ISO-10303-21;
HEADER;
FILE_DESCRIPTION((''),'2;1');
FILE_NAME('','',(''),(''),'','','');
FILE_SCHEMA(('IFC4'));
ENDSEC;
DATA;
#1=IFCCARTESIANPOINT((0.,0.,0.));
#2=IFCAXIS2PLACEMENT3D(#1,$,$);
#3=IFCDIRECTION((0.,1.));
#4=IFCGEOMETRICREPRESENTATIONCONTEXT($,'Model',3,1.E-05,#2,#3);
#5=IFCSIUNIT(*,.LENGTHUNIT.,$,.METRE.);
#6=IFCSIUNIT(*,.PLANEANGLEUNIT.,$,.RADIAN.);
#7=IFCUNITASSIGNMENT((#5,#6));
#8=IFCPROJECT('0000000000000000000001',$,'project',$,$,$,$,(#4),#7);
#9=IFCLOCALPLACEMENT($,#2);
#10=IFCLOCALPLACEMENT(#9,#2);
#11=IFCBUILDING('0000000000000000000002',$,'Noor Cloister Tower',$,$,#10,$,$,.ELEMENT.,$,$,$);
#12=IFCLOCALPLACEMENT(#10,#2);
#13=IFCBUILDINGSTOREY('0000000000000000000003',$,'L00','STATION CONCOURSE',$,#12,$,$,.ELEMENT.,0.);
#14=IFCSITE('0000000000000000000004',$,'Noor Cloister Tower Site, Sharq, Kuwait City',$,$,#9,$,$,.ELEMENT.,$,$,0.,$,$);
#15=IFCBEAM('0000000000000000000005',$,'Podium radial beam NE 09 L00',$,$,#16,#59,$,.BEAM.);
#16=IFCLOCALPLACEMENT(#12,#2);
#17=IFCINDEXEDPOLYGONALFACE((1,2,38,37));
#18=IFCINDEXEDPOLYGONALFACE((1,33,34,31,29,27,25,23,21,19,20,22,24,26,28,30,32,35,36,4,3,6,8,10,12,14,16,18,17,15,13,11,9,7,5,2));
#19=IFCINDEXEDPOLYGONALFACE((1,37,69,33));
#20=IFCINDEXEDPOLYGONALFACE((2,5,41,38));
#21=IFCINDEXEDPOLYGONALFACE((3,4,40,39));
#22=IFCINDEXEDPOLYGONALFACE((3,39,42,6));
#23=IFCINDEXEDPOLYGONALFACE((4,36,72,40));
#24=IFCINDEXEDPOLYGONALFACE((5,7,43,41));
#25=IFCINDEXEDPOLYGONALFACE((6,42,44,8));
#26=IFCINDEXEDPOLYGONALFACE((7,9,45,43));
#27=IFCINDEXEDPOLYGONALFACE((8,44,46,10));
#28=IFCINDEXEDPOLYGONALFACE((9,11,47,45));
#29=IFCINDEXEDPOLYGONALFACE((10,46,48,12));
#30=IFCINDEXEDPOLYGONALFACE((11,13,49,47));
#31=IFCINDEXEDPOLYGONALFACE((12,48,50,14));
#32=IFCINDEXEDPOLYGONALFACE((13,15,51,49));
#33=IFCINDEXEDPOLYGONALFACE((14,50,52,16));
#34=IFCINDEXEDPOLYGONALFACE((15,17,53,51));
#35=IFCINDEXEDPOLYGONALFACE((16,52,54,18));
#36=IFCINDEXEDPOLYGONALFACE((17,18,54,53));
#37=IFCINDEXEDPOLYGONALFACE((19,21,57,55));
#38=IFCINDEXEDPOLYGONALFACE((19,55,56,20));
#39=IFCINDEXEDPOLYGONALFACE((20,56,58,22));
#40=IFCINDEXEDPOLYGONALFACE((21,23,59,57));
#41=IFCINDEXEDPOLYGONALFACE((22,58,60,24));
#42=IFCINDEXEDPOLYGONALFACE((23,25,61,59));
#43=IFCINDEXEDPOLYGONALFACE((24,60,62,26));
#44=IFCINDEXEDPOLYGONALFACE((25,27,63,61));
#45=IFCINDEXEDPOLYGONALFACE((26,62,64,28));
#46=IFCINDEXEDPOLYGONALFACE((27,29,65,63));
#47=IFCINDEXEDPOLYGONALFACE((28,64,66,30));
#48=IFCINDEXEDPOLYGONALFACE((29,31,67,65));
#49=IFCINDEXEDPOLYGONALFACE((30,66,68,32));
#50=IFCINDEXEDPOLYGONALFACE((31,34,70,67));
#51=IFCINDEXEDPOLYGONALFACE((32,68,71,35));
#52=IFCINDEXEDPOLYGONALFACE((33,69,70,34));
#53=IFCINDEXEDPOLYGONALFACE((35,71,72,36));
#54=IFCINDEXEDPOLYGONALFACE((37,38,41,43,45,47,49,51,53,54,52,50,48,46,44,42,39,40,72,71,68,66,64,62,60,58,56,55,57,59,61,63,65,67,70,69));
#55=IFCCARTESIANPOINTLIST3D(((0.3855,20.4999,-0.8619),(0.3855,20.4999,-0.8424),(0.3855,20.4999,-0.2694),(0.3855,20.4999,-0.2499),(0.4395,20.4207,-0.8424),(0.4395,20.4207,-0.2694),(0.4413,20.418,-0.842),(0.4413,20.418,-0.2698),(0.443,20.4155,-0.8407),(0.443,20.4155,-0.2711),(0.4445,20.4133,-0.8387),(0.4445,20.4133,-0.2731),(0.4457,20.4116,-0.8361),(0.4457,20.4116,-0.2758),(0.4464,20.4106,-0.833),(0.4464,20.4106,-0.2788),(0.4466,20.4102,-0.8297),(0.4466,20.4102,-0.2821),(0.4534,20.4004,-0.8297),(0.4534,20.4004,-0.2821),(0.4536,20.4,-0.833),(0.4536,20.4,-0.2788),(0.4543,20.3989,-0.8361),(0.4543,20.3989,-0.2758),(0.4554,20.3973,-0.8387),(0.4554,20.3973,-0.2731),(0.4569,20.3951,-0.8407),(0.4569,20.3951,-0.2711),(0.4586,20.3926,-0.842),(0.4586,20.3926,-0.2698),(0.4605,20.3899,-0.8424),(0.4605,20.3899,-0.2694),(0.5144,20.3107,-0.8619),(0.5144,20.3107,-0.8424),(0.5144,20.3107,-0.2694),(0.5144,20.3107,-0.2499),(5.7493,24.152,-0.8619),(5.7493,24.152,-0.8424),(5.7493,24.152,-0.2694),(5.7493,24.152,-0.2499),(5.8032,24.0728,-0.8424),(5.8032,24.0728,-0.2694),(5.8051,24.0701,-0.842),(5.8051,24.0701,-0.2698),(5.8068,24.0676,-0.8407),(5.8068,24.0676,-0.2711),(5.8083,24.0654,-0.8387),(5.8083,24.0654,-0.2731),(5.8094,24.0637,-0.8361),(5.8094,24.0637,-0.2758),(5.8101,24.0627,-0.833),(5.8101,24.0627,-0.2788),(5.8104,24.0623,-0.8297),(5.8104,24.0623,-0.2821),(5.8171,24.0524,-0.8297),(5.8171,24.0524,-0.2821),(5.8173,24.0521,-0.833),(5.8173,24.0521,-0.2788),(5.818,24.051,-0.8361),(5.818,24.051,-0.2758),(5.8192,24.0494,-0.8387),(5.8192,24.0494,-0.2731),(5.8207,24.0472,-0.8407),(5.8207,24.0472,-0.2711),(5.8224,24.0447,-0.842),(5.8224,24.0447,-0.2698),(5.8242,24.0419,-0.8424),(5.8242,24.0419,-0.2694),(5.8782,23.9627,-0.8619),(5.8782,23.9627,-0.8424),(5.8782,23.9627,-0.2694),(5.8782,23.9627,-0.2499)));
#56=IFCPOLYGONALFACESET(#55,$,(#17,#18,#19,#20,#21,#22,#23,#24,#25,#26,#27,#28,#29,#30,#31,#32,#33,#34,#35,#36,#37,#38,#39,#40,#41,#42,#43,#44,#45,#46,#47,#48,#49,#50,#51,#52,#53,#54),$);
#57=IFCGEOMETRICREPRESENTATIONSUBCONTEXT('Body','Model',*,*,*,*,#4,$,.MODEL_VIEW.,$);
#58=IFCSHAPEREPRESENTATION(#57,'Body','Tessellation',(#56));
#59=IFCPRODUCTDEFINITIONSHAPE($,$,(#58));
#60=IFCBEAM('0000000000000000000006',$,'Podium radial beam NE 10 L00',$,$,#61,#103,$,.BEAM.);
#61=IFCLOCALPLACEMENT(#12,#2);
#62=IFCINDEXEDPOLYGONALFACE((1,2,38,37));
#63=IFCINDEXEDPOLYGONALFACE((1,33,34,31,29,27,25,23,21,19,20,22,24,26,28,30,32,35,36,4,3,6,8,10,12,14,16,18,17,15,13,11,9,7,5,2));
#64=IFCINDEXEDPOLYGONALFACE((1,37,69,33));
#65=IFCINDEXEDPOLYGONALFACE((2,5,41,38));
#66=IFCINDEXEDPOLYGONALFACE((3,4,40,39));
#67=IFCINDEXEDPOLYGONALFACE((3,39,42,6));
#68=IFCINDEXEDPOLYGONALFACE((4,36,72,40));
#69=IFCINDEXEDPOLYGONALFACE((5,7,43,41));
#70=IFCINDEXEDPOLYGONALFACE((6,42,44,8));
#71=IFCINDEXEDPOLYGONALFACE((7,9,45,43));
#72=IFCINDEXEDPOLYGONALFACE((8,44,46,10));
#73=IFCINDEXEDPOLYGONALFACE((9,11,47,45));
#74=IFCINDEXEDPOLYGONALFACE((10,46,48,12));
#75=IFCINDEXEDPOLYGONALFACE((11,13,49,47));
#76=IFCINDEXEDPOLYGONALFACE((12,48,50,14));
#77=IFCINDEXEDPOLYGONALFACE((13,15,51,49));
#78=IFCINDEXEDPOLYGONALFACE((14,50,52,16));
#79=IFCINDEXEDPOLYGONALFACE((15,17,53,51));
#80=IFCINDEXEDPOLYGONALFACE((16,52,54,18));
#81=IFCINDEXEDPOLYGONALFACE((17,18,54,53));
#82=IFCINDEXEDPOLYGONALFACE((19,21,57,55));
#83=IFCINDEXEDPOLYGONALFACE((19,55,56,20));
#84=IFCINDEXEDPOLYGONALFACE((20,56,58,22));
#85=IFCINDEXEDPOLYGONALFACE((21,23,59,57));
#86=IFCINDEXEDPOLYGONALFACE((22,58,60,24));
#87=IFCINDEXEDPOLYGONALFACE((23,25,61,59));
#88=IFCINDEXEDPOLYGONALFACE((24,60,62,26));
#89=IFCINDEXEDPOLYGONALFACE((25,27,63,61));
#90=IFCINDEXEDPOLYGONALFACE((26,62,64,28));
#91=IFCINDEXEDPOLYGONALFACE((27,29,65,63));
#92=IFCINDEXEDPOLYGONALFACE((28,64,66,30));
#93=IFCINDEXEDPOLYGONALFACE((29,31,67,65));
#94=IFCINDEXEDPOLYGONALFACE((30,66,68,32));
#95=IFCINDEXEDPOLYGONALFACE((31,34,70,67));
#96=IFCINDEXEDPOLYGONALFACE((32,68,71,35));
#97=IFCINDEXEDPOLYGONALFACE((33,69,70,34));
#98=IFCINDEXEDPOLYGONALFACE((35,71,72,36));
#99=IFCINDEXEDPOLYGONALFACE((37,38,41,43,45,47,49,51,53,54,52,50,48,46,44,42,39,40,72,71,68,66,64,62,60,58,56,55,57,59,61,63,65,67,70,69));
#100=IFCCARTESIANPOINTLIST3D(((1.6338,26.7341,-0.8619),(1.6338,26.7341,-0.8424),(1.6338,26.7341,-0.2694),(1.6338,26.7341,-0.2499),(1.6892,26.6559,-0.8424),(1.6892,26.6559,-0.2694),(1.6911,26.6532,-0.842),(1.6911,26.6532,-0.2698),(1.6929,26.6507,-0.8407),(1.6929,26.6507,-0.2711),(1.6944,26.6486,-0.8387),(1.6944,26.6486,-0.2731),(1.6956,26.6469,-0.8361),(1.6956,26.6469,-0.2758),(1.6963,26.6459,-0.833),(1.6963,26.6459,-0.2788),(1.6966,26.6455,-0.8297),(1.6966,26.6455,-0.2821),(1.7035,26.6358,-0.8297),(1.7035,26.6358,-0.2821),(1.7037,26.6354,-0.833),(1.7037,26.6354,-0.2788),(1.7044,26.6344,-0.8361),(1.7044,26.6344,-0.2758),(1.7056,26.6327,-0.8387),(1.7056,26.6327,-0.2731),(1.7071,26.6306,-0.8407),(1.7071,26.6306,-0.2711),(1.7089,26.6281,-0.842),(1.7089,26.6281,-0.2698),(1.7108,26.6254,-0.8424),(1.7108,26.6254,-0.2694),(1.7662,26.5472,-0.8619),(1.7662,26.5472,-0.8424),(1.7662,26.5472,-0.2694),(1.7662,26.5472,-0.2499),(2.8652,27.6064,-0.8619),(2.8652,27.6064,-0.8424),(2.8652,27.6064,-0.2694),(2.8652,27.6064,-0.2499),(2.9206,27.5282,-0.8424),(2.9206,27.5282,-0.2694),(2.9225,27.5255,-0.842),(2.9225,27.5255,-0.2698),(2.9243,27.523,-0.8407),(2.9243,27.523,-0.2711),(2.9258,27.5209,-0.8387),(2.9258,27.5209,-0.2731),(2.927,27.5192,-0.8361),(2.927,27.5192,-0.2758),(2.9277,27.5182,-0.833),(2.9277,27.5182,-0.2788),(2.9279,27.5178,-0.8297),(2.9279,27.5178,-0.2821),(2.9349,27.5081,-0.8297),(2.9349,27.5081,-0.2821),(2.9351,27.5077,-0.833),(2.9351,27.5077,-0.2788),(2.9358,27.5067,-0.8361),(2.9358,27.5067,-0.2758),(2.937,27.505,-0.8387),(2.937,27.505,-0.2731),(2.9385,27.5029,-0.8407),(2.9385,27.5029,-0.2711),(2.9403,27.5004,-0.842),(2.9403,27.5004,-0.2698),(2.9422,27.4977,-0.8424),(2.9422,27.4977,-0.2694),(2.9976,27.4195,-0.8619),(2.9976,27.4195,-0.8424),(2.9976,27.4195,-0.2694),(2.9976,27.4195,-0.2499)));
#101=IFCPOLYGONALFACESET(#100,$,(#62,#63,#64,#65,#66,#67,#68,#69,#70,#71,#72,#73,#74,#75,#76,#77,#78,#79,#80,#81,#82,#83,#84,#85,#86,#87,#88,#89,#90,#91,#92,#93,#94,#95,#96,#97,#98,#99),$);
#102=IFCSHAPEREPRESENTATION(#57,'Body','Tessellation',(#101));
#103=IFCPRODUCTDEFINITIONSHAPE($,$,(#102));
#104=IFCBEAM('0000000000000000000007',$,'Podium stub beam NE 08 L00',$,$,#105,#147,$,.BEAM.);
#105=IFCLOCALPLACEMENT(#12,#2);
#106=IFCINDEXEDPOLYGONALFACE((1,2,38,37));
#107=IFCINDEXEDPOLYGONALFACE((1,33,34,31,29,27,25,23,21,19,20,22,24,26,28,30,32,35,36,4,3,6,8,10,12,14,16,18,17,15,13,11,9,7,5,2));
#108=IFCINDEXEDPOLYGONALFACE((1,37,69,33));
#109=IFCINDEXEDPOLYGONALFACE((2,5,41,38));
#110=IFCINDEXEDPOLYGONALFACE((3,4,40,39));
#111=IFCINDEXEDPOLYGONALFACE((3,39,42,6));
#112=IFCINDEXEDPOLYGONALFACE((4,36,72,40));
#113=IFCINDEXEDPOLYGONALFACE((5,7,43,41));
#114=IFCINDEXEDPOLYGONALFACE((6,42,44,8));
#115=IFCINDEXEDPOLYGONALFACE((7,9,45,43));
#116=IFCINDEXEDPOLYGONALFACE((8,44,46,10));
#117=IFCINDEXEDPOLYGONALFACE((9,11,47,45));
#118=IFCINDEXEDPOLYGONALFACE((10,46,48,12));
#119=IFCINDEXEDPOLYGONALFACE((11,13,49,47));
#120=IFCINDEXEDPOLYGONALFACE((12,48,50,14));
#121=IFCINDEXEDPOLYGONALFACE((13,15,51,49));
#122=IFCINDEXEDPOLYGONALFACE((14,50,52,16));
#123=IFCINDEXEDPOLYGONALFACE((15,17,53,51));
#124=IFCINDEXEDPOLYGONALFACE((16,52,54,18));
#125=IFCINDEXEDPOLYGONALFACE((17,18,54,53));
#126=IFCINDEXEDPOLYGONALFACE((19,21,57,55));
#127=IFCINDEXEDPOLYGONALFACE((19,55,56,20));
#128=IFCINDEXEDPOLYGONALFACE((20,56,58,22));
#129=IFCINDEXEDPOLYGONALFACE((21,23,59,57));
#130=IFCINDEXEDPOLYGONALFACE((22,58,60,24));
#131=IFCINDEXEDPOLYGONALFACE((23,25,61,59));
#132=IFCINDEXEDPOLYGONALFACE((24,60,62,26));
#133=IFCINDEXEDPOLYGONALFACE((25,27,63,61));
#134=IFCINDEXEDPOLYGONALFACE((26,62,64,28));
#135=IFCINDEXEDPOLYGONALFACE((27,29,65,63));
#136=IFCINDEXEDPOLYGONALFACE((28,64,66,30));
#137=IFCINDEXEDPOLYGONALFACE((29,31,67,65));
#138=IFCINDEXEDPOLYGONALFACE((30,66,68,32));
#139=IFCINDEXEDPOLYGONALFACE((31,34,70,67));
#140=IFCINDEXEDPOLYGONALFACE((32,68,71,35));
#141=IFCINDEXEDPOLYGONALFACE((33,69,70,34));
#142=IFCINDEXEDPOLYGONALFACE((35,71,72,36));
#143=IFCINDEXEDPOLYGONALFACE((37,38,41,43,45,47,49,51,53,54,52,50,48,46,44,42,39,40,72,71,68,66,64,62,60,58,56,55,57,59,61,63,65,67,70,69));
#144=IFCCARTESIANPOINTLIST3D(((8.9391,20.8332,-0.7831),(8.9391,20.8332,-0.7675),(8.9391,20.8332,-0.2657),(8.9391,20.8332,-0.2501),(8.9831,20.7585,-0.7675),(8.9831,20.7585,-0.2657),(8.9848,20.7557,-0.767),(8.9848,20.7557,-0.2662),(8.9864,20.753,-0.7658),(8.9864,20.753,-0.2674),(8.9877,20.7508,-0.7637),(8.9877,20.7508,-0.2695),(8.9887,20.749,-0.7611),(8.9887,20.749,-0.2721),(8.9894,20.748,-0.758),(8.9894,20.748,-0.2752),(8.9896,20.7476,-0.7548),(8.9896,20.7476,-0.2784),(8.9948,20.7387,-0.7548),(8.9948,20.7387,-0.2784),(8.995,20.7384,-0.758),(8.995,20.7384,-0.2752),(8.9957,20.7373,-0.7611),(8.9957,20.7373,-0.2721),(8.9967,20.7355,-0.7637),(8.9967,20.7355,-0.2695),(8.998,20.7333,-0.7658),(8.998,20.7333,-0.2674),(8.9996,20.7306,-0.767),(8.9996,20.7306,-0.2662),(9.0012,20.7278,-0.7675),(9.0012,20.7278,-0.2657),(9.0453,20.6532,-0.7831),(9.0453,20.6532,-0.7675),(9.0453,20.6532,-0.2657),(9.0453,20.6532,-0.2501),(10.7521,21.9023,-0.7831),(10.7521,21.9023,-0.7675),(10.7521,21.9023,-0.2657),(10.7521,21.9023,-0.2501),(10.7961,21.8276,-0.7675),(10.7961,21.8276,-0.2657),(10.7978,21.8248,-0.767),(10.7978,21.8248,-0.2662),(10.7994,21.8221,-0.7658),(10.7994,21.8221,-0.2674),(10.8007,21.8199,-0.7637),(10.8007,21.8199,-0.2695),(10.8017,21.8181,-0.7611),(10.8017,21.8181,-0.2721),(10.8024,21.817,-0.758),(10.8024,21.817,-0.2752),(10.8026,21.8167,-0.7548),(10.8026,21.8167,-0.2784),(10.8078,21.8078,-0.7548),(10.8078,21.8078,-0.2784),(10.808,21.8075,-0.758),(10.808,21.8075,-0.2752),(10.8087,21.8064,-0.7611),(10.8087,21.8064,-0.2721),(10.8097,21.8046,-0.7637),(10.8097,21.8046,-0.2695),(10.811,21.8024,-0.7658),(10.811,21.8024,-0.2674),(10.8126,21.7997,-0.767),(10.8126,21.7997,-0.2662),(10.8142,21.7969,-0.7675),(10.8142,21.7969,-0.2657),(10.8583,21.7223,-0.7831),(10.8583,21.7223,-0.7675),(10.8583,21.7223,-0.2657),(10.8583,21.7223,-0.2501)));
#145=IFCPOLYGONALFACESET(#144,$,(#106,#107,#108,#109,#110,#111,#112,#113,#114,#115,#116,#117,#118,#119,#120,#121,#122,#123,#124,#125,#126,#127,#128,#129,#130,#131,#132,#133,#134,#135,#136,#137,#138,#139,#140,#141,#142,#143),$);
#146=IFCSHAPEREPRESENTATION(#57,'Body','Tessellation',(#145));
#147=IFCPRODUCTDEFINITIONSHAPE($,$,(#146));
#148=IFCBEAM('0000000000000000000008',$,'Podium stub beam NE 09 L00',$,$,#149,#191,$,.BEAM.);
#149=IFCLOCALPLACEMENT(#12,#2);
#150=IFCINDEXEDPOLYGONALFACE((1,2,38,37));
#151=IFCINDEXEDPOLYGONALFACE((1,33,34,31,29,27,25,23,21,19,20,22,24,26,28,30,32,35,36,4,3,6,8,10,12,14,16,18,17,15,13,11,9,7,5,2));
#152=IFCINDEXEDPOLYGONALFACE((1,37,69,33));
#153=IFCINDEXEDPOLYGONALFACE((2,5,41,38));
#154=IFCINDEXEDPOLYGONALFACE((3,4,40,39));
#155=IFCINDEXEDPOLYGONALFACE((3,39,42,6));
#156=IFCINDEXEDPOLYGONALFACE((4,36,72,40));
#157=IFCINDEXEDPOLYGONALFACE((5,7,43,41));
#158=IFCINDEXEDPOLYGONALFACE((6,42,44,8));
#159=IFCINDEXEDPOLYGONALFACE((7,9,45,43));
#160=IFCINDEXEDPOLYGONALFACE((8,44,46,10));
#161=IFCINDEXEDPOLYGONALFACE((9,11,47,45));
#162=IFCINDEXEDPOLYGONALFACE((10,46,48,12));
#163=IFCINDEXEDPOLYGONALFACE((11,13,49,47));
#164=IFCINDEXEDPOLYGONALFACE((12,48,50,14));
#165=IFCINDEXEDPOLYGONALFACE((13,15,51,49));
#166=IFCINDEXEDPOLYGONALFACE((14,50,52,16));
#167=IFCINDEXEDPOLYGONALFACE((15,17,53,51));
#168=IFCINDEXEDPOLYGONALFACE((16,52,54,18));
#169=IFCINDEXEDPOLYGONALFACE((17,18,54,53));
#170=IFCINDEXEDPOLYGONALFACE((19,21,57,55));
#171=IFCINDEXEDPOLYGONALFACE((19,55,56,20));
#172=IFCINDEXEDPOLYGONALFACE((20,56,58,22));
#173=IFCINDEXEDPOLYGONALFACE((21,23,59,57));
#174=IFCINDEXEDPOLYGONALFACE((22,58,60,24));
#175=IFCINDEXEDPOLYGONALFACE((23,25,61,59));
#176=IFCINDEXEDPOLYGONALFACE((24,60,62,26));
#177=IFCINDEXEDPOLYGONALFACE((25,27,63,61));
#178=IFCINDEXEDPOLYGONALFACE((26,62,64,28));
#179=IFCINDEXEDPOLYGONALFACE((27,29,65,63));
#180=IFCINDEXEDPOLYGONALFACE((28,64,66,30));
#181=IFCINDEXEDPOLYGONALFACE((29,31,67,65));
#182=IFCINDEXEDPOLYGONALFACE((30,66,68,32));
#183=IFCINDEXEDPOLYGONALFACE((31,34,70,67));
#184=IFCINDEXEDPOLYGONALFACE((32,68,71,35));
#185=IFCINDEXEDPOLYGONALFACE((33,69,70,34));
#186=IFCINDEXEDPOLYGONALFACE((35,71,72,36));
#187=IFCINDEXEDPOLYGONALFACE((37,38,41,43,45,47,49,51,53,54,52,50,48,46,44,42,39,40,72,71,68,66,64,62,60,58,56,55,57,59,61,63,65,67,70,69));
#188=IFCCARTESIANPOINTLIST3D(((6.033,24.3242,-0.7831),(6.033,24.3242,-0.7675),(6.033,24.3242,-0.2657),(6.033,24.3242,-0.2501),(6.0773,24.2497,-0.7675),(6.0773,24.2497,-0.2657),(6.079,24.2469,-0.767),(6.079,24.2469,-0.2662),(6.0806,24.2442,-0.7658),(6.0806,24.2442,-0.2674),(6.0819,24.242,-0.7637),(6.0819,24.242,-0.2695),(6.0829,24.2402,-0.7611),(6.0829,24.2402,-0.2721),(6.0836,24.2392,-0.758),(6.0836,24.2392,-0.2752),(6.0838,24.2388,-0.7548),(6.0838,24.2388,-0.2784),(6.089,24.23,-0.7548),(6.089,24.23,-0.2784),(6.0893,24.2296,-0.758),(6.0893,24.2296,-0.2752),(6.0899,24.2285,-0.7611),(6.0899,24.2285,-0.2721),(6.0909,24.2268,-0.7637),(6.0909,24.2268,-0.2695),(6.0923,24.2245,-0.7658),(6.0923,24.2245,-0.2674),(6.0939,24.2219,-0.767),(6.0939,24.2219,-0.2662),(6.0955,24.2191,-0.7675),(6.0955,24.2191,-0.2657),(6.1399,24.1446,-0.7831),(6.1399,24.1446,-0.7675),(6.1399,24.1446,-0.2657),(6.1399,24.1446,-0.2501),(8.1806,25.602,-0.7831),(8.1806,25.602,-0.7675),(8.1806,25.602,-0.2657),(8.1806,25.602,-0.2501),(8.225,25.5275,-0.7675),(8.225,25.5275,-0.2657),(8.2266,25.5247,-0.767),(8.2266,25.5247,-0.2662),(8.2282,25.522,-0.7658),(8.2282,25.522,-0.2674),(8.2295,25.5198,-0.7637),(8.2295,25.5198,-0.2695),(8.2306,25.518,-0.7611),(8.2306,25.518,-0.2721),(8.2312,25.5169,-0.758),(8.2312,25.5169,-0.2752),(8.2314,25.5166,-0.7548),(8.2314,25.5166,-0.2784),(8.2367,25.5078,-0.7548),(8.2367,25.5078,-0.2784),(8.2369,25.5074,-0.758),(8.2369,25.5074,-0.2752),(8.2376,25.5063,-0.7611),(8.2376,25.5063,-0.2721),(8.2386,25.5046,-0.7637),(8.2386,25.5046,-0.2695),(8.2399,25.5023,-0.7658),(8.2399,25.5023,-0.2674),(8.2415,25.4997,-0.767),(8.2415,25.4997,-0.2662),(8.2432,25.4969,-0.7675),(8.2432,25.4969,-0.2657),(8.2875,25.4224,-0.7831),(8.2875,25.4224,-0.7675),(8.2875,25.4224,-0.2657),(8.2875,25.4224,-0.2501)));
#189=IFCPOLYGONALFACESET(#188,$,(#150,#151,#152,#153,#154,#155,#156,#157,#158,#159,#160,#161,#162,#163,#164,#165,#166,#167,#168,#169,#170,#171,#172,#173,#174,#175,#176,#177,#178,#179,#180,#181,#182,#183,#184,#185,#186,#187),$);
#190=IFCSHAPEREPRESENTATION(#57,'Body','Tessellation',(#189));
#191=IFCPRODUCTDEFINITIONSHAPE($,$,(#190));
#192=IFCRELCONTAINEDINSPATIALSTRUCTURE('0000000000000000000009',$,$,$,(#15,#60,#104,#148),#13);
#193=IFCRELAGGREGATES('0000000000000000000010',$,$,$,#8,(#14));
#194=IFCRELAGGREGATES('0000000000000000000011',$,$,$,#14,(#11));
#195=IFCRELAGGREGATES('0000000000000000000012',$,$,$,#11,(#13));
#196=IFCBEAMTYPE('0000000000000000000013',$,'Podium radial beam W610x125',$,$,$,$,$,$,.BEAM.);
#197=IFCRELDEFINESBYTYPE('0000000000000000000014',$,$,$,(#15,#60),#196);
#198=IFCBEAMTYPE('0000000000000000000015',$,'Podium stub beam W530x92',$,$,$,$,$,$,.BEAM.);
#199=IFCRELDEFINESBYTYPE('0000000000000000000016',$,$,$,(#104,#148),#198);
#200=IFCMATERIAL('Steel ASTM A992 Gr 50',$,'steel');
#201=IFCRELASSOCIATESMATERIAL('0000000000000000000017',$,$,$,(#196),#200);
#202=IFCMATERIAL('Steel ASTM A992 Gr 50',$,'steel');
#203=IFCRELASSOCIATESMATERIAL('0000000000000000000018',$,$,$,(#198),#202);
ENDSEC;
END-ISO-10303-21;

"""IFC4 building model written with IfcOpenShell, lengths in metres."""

from ifc_helpers import new_model, si_unit, direction, frame, origin, origin_2d, place, context, subcontext, project, spatial, i_section, extrude, material, material_profile, profile_set, type_object, element, save


model = new_model("IFC4")

# Units and contexts
model_context = context("Model", 3, precision=1e-05, world=origin(), true_north=direction((0.0, 1.0)))
body_context = subcontext(model_context, "Body", "Model", "MODEL_VIEW")
ifc_project = project(units=[si_unit("LENGTHUNIT", "METRE"), si_unit("PLANEANGLEUNIT", "RADIAN")], contexts=[model_context])

# Site, building, storey
site_placement = place(None, origin())
site = spatial("IfcSite", under=ifc_project, at=site_placement, Name="Noor Cloister Tower Site, Sharq, Kuwait City", CompositionType="ELEMENT", RefElevation=0.0)
building_placement = place(site_placement, origin())
building = spatial("IfcBuilding", under=site, at=building_placement, Name="Noor Cloister Tower", CompositionType="ELEMENT")
storey_placement = place(building_placement, origin())
storey = spatial("IfcBuildingStorey", under=building, at=storey_placement, Name="L00", Description="STATION CONCOURSE", CompositionType="ELEMENT", Elevation=0.0)

# Beams
ifc_material_1 = material(Name="Steel ASTM A992 Gr 50", Category="steel")
ifc_material_profile_1 = material_profile(ifc_material_1, i_section(OverallWidth=0.229, OverallDepth=0.6121, WebThickness=0.012, FlangeThickness=0.0195, FilletRadius=0.0127, at=origin_2d()), Name="W610x125")
ifc_profile_set_1 = profile_set([ifc_material_profile_1], Name="Steel ASTM A992 Gr 50")
beam_type_1 = type_object("IfcBeamType", Name="Podium radial beam W610x125", PredefinedType="BEAM", material=ifc_profile_set_1)
beam_1_placement = place(storey_placement, frame((5.8137, 24.0574, -0.5559), z_axis=(-0.826587, -0.562809, 0.0), x_axis=(0.562809, -0.826587, 0.0)))
element("IfcBeam", 1, at=beam_1_placement, inside=storey, type_object=beam_type_1, Name="Podium radial beam NE 09 L00", PredefinedType="BEAM", context=body_context, shape_type="SweptSolid", body=[
    extrude(i_section(OverallWidth=0.229, OverallDepth=0.6121, WebThickness=0.012, FlangeThickness=0.0195, FilletRadius=0.0127, at=origin_2d()), origin(), (0.0, 0.0, 1.0), 6.489),
])
beam_2_placement = place(storey_placement, frame((2.9314, 27.5129, -0.5559), z_axis=(-0.816012, -0.578035, 0.0), x_axis=(0.578035, -0.816012, 0.0)))
element("IfcBeam", 2, at=beam_2_placement, inside=storey, type_object=beam_type_1, Name="Podium radial beam NE 10 L00", PredefinedType="BEAM", context=body_context, shape_type="SweptSolid", body=[
    extrude(i_section(OverallWidth=0.229, OverallDepth=0.6121, WebThickness=0.012, FlangeThickness=0.0195, FilletRadius=0.0127, at=origin_2d()), origin(), (0.0, 0.0, 1.0), 1.509),
])
ifc_material_2 = material(Name="Steel ASTM A992 Gr 50", Category="steel")
ifc_material_profile_2 = material_profile(ifc_material_2, i_section(OverallWidth=0.209, OverallDepth=0.533, WebThickness=0.0103, FlangeThickness=0.0156, FilletRadius=0.0127, at=origin_2d()), Name="W530x92")
ifc_profile_set_2 = profile_set([ifc_material_profile_2], Name="Steel ASTM A992 Gr 50")
beam_type_2 = type_object("IfcBeamType", Name="Podium stub beam W530x92", PredefinedType="BEAM", material=ifc_profile_set_2)
beam_3_placement = place(storey_placement, frame((8.9922, 20.7432, -0.5166), z_axis=(0.861388, 0.507948, 0.0), x_axis=(-0.507948, 0.861388, 0.0)))
element("IfcBeam", 3, at=beam_3_placement, inside=storey, type_object=beam_type_2, Name="Podium stub beam NE 08 L00", PredefinedType="BEAM", context=body_context, shape_type="SweptSolid", body=[
    extrude(i_section(OverallWidth=0.209, OverallDepth=0.533, WebThickness=0.0103, FlangeThickness=0.0156, FilletRadius=0.0127, at=origin_2d()), origin(), (0.0, 0.0, 1.0), 2.1047),
])
beam_4_placement = place(storey_placement, frame((6.0864, 24.2344, -0.5166), z_axis=(0.859392, 0.511317, 0.0), x_axis=(-0.511317, 0.859392, 0.0)))
element("IfcBeam", 4, at=beam_4_placement, inside=storey, type_object=beam_type_2, Name="Podium stub beam NE 09 L00", PredefinedType="BEAM", context=body_context, shape_type="SweptSolid", body=[
    extrude(i_section(OverallWidth=0.209, OverallDepth=0.533, WebThickness=0.0103, FlangeThickness=0.0156, FilletRadius=0.0127, at=origin_2d()), origin(), (0.0, 0.0, 1.0), 2.499),
])

save(model, "model.ifc")
